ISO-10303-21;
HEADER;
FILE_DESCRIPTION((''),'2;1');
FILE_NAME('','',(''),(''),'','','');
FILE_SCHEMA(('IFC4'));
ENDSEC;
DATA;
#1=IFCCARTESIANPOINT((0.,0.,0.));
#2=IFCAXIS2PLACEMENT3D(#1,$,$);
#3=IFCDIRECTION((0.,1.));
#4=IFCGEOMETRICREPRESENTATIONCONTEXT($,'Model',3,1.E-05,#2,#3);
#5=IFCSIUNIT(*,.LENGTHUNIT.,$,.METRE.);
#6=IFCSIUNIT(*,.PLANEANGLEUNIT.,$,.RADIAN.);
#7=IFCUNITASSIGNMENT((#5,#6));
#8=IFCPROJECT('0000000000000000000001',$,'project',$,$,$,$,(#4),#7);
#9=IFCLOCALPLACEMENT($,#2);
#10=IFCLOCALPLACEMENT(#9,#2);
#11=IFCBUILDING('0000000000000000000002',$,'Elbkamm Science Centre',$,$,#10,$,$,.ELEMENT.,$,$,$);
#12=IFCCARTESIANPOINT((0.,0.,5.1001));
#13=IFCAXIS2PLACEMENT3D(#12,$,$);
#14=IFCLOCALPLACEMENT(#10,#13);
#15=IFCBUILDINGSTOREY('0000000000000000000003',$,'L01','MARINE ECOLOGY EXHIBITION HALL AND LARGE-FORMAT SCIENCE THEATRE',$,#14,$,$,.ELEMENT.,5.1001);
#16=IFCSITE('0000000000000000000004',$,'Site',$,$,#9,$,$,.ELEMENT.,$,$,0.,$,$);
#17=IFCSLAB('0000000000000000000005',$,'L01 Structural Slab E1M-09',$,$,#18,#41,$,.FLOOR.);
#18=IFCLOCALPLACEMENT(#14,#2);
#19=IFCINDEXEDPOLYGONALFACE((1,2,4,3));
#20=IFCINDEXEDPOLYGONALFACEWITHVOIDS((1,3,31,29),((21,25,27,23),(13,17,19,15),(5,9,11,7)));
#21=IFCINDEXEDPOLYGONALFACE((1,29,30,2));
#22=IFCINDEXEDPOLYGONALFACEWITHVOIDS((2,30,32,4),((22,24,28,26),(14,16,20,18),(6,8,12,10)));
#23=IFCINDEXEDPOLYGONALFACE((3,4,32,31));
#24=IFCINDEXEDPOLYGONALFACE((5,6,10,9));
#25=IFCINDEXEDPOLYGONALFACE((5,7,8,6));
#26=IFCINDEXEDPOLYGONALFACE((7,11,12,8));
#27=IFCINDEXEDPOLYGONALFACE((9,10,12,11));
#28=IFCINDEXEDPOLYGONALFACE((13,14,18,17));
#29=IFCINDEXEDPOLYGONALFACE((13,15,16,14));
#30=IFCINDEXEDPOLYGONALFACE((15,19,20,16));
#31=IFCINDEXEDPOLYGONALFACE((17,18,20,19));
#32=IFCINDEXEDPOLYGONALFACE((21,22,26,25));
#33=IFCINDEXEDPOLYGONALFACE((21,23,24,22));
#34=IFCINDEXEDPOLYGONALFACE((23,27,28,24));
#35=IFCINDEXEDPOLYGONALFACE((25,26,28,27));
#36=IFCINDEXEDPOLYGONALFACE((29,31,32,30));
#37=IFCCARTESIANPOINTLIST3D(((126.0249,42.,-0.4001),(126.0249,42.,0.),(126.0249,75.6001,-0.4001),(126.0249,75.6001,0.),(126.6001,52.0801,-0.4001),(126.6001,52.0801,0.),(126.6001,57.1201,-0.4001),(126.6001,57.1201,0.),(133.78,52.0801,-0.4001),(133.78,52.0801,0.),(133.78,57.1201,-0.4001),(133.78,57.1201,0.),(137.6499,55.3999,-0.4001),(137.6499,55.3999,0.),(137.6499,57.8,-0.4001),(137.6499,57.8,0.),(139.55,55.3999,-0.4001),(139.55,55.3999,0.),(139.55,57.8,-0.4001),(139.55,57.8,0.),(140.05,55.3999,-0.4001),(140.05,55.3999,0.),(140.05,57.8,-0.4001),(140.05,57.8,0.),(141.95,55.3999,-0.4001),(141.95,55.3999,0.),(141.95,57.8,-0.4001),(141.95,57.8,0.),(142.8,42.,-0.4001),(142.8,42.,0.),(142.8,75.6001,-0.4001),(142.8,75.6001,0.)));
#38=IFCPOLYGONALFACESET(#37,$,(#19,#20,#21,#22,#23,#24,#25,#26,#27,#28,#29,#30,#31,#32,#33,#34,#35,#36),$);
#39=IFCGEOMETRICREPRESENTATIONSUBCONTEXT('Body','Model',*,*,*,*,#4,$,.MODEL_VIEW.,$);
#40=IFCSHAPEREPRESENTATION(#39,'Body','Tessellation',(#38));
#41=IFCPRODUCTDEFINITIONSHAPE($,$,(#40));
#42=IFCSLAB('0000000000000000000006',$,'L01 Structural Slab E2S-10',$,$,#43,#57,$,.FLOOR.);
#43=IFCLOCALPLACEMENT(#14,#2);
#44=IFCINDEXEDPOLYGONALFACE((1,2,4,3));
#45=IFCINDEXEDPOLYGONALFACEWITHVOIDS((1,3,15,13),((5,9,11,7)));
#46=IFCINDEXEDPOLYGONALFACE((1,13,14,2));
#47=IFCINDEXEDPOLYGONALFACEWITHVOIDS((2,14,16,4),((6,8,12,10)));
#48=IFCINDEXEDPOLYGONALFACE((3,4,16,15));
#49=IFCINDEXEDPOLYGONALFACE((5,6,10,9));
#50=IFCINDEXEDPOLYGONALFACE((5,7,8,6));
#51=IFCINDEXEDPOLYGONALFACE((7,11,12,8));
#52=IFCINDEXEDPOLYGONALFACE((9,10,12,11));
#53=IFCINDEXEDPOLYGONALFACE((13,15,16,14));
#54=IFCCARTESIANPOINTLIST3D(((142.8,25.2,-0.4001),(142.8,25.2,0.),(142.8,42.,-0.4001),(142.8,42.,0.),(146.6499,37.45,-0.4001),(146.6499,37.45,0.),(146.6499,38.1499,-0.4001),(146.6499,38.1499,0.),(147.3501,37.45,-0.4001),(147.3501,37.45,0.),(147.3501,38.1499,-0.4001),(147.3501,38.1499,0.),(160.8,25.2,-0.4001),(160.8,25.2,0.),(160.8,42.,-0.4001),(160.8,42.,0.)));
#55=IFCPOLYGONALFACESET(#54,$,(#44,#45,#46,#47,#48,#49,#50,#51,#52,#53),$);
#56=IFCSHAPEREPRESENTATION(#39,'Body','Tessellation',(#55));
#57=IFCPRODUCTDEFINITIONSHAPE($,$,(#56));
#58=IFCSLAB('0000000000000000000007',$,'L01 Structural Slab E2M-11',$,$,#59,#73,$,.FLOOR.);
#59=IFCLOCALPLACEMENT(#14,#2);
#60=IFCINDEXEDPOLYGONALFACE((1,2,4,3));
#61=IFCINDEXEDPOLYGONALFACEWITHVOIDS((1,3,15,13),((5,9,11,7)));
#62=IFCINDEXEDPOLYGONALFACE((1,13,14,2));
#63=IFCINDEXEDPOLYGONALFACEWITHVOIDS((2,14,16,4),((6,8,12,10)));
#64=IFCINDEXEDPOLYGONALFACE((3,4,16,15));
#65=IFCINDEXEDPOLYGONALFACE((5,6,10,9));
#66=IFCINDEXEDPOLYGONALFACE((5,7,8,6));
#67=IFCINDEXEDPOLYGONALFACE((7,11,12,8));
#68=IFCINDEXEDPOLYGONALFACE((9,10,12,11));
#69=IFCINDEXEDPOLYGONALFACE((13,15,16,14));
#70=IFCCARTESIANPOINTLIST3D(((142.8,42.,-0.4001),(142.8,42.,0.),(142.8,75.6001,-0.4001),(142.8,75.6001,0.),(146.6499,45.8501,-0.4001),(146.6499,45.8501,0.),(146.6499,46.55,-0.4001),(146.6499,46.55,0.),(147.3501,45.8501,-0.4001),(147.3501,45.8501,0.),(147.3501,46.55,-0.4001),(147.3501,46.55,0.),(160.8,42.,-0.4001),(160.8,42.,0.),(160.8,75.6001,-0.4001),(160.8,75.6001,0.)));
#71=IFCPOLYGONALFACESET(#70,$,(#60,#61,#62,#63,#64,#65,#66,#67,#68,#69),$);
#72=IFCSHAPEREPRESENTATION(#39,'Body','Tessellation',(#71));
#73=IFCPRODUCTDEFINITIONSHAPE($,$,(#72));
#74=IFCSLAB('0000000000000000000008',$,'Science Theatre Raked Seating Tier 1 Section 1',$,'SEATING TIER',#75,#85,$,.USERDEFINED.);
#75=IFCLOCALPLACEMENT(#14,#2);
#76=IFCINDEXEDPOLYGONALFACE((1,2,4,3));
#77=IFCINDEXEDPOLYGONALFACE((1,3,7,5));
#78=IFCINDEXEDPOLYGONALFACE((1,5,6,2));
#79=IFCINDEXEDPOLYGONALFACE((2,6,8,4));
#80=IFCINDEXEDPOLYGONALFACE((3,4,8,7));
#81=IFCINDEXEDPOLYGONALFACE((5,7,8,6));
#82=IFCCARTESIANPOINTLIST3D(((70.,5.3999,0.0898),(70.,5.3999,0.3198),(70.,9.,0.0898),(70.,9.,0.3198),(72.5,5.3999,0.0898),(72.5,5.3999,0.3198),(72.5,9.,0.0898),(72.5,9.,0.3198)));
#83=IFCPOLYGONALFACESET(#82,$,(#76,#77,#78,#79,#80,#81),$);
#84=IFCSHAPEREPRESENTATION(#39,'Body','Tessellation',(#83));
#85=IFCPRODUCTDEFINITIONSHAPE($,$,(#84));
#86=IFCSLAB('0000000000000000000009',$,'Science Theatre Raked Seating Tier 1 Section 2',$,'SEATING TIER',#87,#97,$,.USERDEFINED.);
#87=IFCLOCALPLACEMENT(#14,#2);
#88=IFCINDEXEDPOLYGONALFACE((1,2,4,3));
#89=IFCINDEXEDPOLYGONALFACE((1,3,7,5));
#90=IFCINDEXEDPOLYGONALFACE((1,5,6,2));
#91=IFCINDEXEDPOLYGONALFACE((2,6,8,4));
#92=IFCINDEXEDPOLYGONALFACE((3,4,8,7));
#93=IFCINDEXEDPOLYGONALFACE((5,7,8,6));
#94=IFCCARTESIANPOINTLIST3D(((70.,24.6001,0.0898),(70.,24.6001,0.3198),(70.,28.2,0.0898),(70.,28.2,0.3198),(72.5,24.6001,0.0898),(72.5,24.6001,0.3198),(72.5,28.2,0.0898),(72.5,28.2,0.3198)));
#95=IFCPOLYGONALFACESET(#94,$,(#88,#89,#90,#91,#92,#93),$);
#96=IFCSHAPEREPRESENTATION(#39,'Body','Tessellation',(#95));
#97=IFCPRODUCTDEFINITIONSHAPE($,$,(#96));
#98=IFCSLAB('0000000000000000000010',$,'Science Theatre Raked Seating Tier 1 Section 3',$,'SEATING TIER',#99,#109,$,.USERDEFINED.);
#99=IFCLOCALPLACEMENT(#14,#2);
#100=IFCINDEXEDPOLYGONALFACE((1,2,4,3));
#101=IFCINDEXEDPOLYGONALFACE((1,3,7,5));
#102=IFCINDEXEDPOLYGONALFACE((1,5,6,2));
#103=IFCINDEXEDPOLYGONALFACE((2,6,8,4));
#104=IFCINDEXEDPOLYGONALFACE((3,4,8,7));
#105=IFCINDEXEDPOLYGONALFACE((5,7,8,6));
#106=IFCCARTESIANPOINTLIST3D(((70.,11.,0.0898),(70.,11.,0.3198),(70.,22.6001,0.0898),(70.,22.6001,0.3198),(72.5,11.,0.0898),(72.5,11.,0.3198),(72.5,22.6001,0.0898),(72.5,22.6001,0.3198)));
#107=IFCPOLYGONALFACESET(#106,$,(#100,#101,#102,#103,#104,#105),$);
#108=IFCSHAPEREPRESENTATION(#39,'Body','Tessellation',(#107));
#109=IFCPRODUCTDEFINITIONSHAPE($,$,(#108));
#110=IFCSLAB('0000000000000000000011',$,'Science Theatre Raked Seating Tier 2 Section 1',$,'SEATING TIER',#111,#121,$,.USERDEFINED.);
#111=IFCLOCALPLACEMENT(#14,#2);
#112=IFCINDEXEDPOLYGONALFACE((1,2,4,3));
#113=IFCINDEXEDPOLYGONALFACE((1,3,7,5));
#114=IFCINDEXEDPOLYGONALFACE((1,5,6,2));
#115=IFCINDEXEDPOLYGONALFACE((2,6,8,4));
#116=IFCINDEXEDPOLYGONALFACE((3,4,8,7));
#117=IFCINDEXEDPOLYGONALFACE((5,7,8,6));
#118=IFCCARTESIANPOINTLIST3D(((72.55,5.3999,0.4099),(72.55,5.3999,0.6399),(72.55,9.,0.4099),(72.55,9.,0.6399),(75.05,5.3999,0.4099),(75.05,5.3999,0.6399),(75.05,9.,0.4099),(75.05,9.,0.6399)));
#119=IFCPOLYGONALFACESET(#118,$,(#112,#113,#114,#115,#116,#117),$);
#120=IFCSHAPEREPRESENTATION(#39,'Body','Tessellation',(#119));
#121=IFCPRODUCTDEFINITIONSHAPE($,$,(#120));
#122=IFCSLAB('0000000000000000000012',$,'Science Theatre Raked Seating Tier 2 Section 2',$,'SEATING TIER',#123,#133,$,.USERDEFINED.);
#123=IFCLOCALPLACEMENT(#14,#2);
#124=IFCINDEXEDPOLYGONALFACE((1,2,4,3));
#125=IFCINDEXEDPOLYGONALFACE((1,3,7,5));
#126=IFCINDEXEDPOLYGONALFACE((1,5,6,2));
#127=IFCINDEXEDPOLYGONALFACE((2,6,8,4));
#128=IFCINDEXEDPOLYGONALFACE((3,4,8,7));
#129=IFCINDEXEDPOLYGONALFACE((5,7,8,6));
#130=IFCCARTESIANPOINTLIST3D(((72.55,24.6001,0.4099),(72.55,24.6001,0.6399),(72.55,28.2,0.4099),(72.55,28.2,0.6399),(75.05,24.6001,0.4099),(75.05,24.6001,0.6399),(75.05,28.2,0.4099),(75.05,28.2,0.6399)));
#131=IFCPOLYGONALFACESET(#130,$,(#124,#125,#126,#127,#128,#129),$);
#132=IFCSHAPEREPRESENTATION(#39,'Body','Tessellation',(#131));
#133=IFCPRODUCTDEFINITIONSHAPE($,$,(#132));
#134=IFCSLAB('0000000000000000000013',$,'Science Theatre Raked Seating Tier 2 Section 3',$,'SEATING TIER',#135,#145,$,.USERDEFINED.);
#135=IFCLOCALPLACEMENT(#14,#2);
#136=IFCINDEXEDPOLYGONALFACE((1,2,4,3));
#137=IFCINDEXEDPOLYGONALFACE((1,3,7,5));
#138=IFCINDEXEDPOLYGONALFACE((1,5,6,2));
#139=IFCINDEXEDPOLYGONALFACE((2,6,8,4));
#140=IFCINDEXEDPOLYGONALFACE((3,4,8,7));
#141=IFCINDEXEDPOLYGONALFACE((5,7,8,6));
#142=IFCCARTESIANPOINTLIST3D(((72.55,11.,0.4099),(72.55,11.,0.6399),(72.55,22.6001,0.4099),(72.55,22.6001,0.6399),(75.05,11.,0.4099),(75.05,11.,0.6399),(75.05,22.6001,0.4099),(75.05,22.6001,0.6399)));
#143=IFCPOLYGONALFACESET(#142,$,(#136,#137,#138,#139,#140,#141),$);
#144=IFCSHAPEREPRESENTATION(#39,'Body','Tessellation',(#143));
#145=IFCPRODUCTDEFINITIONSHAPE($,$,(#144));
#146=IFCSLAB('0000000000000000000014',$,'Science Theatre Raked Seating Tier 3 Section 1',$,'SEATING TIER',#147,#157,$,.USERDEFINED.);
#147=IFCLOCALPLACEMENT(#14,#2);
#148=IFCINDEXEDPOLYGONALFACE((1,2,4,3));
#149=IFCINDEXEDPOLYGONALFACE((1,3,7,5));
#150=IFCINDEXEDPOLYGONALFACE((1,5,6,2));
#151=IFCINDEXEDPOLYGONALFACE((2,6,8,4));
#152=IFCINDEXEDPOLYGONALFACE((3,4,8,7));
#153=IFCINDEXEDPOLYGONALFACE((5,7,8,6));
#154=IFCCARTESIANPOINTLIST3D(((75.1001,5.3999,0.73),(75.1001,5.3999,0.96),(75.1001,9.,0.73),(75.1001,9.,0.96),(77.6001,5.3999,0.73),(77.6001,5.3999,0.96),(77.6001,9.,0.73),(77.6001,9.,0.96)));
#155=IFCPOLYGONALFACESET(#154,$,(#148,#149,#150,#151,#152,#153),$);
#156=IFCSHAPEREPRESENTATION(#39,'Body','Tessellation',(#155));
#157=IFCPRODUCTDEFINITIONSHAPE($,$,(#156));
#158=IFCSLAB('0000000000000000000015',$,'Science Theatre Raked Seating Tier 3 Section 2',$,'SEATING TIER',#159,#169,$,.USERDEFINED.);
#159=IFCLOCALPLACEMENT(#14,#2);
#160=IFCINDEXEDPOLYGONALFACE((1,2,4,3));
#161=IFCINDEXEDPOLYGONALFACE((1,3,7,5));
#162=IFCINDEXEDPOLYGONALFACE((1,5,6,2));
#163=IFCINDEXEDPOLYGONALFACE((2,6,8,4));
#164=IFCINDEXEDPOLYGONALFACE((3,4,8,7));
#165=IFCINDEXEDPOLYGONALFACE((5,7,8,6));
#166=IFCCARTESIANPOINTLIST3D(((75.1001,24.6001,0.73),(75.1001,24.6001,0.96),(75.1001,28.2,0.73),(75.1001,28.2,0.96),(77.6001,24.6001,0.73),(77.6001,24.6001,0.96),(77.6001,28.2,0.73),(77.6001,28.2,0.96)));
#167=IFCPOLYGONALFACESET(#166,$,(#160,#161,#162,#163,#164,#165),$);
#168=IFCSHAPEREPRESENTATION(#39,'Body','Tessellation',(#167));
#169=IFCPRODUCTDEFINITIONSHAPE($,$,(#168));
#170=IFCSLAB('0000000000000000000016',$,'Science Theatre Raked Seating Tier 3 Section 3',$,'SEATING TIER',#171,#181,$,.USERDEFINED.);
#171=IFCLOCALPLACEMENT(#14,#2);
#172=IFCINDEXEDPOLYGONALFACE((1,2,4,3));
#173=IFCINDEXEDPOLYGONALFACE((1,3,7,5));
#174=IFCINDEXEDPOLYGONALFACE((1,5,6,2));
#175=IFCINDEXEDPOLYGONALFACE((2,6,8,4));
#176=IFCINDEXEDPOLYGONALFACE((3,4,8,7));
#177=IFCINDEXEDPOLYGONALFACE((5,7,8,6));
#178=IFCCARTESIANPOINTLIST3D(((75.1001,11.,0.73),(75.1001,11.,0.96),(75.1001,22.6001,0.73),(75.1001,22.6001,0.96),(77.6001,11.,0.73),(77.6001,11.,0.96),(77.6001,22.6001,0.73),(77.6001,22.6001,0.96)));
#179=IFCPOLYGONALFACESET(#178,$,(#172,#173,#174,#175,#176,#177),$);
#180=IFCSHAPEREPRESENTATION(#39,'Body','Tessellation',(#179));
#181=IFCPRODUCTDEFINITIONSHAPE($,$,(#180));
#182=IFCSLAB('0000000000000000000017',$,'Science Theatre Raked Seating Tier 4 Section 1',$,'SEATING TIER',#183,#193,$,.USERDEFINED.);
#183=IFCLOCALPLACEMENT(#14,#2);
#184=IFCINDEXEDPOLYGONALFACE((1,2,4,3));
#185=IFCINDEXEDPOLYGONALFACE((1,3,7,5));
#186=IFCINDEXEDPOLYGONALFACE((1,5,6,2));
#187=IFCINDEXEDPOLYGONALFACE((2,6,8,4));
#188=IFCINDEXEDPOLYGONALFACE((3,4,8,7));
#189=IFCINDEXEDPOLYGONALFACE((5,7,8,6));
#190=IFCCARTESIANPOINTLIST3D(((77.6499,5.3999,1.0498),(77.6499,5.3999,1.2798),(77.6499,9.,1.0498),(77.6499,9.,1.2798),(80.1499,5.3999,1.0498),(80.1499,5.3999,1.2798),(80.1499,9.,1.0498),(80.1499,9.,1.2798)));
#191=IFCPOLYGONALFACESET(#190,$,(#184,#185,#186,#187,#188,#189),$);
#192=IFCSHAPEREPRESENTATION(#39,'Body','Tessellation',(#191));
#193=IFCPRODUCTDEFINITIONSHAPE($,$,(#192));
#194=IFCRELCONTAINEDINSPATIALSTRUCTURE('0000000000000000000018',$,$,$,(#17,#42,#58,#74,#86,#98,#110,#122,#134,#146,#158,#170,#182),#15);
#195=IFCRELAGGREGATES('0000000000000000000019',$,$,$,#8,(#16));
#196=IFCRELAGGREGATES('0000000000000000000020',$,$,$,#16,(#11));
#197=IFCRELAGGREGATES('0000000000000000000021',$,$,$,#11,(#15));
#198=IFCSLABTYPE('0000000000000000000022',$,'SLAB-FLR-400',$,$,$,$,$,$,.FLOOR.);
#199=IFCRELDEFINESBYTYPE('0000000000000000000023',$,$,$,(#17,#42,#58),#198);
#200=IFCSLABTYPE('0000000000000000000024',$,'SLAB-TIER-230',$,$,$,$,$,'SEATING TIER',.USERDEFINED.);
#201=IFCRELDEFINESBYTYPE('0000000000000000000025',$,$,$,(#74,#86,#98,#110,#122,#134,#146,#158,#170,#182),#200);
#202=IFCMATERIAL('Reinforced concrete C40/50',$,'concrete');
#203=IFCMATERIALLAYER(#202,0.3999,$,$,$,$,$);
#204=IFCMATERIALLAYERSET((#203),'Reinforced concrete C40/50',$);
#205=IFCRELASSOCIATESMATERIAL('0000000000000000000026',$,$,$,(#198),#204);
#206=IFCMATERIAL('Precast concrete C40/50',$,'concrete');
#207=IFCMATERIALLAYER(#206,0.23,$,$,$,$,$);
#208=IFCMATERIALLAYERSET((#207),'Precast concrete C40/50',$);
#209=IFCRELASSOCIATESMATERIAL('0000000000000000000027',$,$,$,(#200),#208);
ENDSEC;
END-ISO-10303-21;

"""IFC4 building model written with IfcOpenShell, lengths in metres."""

from ifc_helpers import new_model, si_unit, direction, frame, origin, place, context, subcontext, project, spatial, polyline, outline, extrude, material, layer, layer_set, type_object, element, save


model = new_model("IFC4")

# Units and contexts
model_context = context("Model", 3, precision=1e-05, world=origin(), true_north=direction((0.0, 1.0)))
body_context = subcontext(model_context, "Body", "Model", "MODEL_VIEW")
ifc_project = project(units=[si_unit("LENGTHUNIT", "METRE"), si_unit("PLANEANGLEUNIT", "RADIAN")], contexts=[model_context])

# Site, building, storey
site_placement = place(None, origin())
site = spatial("IfcSite", under=ifc_project, at=site_placement, Name="Site", CompositionType="ELEMENT", RefElevation=0.0)
building_placement = place(site_placement, origin())
building = spatial("IfcBuilding", under=site, at=building_placement, Name="Elbkamm Science Centre", CompositionType="ELEMENT")
storey_placement = place(building_placement, frame((0.0, 0.0, 5.1001)))
storey = spatial("IfcBuildingStorey", under=building, at=storey_placement, Name="L01", Description="MARINE ECOLOGY EXHIBITION HALL AND LARGE-FORMAT SCIENCE THEATRE", CompositionType="ELEMENT", Elevation=5.1001)

# Slabs
ifc_material_1 = material(Name="Reinforced concrete C40/50", Category="concrete")
ifc_layer_1 = layer(ifc_material_1, 0.3999)
ifc_layer_set_1 = layer_set([ifc_layer_1], Name="Reinforced concrete C40/50")
slab_type_1 = type_object("IfcSlabType", Name="SLAB-FLR-400", PredefinedType="FLOOR", material=ifc_layer_set_1)
slab_1_placement = place(storey_placement, frame((0.0, 0.0, -0.4001)))
element("IfcSlab", 1, at=slab_1_placement, inside=storey, type_object=slab_type_1, Name="L01 Structural Slab E1M-09", PredefinedType="FLOOR", context=body_context, shape_type="SweptSolid", body=[
    extrude(outline(polyline([(126.0249, 75.6001), (142.8, 75.6001), (142.8, 42.0), (126.0249, 42.0), (126.0249, 75.6001)]), holes=[polyline([(133.78, 52.0801), (133.78, 57.1201), (126.6001, 57.1201), (126.6001, 52.0801), (133.78, 52.0801)]), polyline([(139.55, 55.3999), (139.55, 57.8), (137.6499, 57.8), (137.6499, 55.3999), (139.55, 55.3999)]), polyline([(140.05, 55.3999), (141.95, 55.3999), (141.95, 57.8), (140.05, 57.8), (140.05, 55.3999)])]), origin(), (0.0, 0.0, 1.0), 0.4001),
])
slab_2_placement = place(storey_placement, frame((0.0, 0.0, -0.4001)))
element("IfcSlab", 2, at=slab_2_placement, inside=storey, type_object=slab_type_1, Name="L01 Structural Slab E2S-10", PredefinedType="FLOOR", context=body_context, shape_type="SweptSolid", body=[
    extrude(outline(polyline([(142.8, 25.2), (142.8, 42.0), (160.8, 42.0), (160.8, 25.2), (142.8, 25.2)]), holes=[polyline([(147.3501, 38.1499), (146.6499, 38.1499), (146.6499, 37.45), (147.3501, 37.45), (147.3501, 38.1499)])]), origin(), (0.0, 0.0, 1.0), 0.4001),
])
slab_3_placement = place(storey_placement, frame((0.0, 0.0, -0.4001)))
element("IfcSlab", 3, at=slab_3_placement, inside=storey, type_object=slab_type_1, Name="L01 Structural Slab E2M-11", PredefinedType="FLOOR", context=body_context, shape_type="SweptSolid", body=[
    extrude(outline(polyline([(142.8, 42.0), (142.8, 75.6001), (160.8, 75.6001), (160.8, 42.0), (142.8, 42.0)]), holes=[polyline([(147.3501, 46.55), (146.6499, 46.55), (146.6499, 45.8501), (147.3501, 45.8501), (147.3501, 46.55)])]), origin(), (0.0, 0.0, 1.0), 0.4001),
])
ifc_material_2 = material(Name="Precast concrete C40/50", Category="concrete")
ifc_layer_2 = layer(ifc_material_2, 0.23)
ifc_layer_set_2 = layer_set([ifc_layer_2], Name="Precast concrete C40/50")
slab_type_2 = type_object("IfcSlabType", Name="SLAB-TIER-230", ElementType="SEATING TIER", PredefinedType="USERDEFINED", material=ifc_layer_set_2)
slab_4_placement = place(storey_placement, frame((0.0, 0.0, 0.0898)))
element("IfcSlab", 4, at=slab_4_placement, inside=storey, type_object=slab_type_2, Name="Science Theatre Raked Seating Tier 1 Section 1", ObjectType="SEATING TIER", PredefinedType="USERDEFINED", context=body_context, shape_type="SweptSolid", body=[
    extrude(outline(polyline([(70.0, 5.3999), (70.0, 9.0), (72.5, 9.0), (72.5, 5.3999), (70.0, 5.3999)])), origin(), (0.0, 0.0, 1.0), 0.23),
])
slab_5_placement = place(storey_placement, frame((0.0, 0.0, 0.0898)))
element("IfcSlab", 5, at=slab_5_placement, inside=storey, type_object=slab_type_2, Name="Science Theatre Raked Seating Tier 1 Section 2", ObjectType="SEATING TIER", PredefinedType="USERDEFINED", context=body_context, shape_type="SweptSolid", body=[
    extrude(outline(polyline([(72.5, 28.2), (72.5, 24.6001), (70.0, 24.6001), (70.0, 28.2), (72.5, 28.2)])), origin(), (0.0, 0.0, 1.0), 0.23),
])
slab_6_placement = place(storey_placement, frame((0.0, 0.0, 0.0898)))
element("IfcSlab", 6, at=slab_6_placement, inside=storey, type_object=slab_type_2, Name="Science Theatre Raked Seating Tier 1 Section 3", ObjectType="SEATING TIER", PredefinedType="USERDEFINED", context=body_context, shape_type="SweptSolid", body=[
    extrude(outline(polyline([(72.5, 11.0), (70.0, 11.0), (70.0, 22.6001), (72.5, 22.6001), (72.5, 11.0)])), origin(), (0.0, 0.0, 1.0), 0.23),
])
slab_7_placement = place(storey_placement, frame((0.0, 0.0, 0.4099)))
element("IfcSlab", 7, at=slab_7_placement, inside=storey, type_object=slab_type_2, Name="Science Theatre Raked Seating Tier 2 Section 1", ObjectType="SEATING TIER", PredefinedType="USERDEFINED", context=body_context, shape_type="SweptSolid", body=[
    extrude(outline(polyline([(72.55, 5.3999), (72.55, 9.0), (75.05, 9.0), (75.05, 5.3999), (72.55, 5.3999)])), origin(), (0.0, 0.0, 1.0), 0.23),
])
slab_8_placement = place(storey_placement, frame((0.0, 0.0, 0.4099)))
element("IfcSlab", 8, at=slab_8_placement, inside=storey, type_object=slab_type_2, Name="Science Theatre Raked Seating Tier 2 Section 2", ObjectType="SEATING TIER", PredefinedType="USERDEFINED", context=body_context, shape_type="SweptSolid", body=[
    extrude(outline(polyline([(75.05, 28.2), (75.05, 24.6001), (72.55, 24.6001), (72.55, 28.2), (75.05, 28.2)])), origin(), (0.0, 0.0, 1.0), 0.23),
])
slab_9_placement = place(storey_placement, frame((0.0, 0.0, 0.4099)))
element("IfcSlab", 9, at=slab_9_placement, inside=storey, type_object=slab_type_2, Name="Science Theatre Raked Seating Tier 2 Section 3", ObjectType="SEATING TIER", PredefinedType="USERDEFINED", context=body_context, shape_type="SweptSolid", body=[
    extrude(outline(polyline([(75.05, 11.0), (72.55, 11.0), (72.55, 22.6001), (75.05, 22.6001), (75.05, 11.0)])), origin(), (0.0, 0.0, 1.0), 0.23),
])
slab_10_placement = place(storey_placement, frame((0.0, 0.0, 0.73)))
element("IfcSlab", 10, at=slab_10_placement, inside=storey, type_object=slab_type_2, Name="Science Theatre Raked Seating Tier 3 Section 1", ObjectType="SEATING TIER", PredefinedType="USERDEFINED", context=body_context, shape_type="SweptSolid", body=[
    extrude(outline(polyline([(75.1001, 5.3999), (75.1001, 9.0), (77.6001, 9.0), (77.6001, 5.3999), (75.1001, 5.3999)])), origin(), (0.0, 0.0, 1.0), 0.23),
])
slab_11_placement = place(storey_placement, frame((0.0, 0.0, 0.73)))
element("IfcSlab", 11, at=slab_11_placement, inside=storey, type_object=slab_type_2, Name="Science Theatre Raked Seating Tier 3 Section 2", ObjectType="SEATING TIER", PredefinedType="USERDEFINED", context=body_context, shape_type="SweptSolid", body=[
    extrude(outline(polyline([(77.6001, 28.2), (77.6001, 24.6001), (75.1001, 24.6001), (75.1001, 28.2), (77.6001, 28.2)])), origin(), (0.0, 0.0, 1.0), 0.23),
])
slab_12_placement = place(storey_placement, frame((0.0, 0.0, 0.73)))
element("IfcSlab", 12, at=slab_12_placement, inside=storey, type_object=slab_type_2, Name="Science Theatre Raked Seating Tier 3 Section 3", ObjectType="SEATING TIER", PredefinedType="USERDEFINED", context=body_context, shape_type="SweptSolid", body=[
    extrude(outline(polyline([(77.6001, 11.0), (75.1001, 11.0), (75.1001, 22.6001), (77.6001, 22.6001), (77.6001, 11.0)])), origin(), (0.0, 0.0, 1.0), 0.23),
])
slab_13_placement = place(storey_placement, frame((0.0, 0.0, 1.0498)))
element("IfcSlab", 13, at=slab_13_placement, inside=storey, type_object=slab_type_2, Name="Science Theatre Raked Seating Tier 4 Section 1", ObjectType="SEATING TIER", PredefinedType="USERDEFINED", context=body_context, shape_type="SweptSolid", body=[
    extrude(outline(polyline([(77.6499, 5.3999), (77.6499, 9.0), (80.1499, 9.0), (80.1499, 5.3999), (77.6499, 5.3999)])), origin(), (0.0, 0.0, 1.0), 0.23),
])

save(model, "model.ifc")
